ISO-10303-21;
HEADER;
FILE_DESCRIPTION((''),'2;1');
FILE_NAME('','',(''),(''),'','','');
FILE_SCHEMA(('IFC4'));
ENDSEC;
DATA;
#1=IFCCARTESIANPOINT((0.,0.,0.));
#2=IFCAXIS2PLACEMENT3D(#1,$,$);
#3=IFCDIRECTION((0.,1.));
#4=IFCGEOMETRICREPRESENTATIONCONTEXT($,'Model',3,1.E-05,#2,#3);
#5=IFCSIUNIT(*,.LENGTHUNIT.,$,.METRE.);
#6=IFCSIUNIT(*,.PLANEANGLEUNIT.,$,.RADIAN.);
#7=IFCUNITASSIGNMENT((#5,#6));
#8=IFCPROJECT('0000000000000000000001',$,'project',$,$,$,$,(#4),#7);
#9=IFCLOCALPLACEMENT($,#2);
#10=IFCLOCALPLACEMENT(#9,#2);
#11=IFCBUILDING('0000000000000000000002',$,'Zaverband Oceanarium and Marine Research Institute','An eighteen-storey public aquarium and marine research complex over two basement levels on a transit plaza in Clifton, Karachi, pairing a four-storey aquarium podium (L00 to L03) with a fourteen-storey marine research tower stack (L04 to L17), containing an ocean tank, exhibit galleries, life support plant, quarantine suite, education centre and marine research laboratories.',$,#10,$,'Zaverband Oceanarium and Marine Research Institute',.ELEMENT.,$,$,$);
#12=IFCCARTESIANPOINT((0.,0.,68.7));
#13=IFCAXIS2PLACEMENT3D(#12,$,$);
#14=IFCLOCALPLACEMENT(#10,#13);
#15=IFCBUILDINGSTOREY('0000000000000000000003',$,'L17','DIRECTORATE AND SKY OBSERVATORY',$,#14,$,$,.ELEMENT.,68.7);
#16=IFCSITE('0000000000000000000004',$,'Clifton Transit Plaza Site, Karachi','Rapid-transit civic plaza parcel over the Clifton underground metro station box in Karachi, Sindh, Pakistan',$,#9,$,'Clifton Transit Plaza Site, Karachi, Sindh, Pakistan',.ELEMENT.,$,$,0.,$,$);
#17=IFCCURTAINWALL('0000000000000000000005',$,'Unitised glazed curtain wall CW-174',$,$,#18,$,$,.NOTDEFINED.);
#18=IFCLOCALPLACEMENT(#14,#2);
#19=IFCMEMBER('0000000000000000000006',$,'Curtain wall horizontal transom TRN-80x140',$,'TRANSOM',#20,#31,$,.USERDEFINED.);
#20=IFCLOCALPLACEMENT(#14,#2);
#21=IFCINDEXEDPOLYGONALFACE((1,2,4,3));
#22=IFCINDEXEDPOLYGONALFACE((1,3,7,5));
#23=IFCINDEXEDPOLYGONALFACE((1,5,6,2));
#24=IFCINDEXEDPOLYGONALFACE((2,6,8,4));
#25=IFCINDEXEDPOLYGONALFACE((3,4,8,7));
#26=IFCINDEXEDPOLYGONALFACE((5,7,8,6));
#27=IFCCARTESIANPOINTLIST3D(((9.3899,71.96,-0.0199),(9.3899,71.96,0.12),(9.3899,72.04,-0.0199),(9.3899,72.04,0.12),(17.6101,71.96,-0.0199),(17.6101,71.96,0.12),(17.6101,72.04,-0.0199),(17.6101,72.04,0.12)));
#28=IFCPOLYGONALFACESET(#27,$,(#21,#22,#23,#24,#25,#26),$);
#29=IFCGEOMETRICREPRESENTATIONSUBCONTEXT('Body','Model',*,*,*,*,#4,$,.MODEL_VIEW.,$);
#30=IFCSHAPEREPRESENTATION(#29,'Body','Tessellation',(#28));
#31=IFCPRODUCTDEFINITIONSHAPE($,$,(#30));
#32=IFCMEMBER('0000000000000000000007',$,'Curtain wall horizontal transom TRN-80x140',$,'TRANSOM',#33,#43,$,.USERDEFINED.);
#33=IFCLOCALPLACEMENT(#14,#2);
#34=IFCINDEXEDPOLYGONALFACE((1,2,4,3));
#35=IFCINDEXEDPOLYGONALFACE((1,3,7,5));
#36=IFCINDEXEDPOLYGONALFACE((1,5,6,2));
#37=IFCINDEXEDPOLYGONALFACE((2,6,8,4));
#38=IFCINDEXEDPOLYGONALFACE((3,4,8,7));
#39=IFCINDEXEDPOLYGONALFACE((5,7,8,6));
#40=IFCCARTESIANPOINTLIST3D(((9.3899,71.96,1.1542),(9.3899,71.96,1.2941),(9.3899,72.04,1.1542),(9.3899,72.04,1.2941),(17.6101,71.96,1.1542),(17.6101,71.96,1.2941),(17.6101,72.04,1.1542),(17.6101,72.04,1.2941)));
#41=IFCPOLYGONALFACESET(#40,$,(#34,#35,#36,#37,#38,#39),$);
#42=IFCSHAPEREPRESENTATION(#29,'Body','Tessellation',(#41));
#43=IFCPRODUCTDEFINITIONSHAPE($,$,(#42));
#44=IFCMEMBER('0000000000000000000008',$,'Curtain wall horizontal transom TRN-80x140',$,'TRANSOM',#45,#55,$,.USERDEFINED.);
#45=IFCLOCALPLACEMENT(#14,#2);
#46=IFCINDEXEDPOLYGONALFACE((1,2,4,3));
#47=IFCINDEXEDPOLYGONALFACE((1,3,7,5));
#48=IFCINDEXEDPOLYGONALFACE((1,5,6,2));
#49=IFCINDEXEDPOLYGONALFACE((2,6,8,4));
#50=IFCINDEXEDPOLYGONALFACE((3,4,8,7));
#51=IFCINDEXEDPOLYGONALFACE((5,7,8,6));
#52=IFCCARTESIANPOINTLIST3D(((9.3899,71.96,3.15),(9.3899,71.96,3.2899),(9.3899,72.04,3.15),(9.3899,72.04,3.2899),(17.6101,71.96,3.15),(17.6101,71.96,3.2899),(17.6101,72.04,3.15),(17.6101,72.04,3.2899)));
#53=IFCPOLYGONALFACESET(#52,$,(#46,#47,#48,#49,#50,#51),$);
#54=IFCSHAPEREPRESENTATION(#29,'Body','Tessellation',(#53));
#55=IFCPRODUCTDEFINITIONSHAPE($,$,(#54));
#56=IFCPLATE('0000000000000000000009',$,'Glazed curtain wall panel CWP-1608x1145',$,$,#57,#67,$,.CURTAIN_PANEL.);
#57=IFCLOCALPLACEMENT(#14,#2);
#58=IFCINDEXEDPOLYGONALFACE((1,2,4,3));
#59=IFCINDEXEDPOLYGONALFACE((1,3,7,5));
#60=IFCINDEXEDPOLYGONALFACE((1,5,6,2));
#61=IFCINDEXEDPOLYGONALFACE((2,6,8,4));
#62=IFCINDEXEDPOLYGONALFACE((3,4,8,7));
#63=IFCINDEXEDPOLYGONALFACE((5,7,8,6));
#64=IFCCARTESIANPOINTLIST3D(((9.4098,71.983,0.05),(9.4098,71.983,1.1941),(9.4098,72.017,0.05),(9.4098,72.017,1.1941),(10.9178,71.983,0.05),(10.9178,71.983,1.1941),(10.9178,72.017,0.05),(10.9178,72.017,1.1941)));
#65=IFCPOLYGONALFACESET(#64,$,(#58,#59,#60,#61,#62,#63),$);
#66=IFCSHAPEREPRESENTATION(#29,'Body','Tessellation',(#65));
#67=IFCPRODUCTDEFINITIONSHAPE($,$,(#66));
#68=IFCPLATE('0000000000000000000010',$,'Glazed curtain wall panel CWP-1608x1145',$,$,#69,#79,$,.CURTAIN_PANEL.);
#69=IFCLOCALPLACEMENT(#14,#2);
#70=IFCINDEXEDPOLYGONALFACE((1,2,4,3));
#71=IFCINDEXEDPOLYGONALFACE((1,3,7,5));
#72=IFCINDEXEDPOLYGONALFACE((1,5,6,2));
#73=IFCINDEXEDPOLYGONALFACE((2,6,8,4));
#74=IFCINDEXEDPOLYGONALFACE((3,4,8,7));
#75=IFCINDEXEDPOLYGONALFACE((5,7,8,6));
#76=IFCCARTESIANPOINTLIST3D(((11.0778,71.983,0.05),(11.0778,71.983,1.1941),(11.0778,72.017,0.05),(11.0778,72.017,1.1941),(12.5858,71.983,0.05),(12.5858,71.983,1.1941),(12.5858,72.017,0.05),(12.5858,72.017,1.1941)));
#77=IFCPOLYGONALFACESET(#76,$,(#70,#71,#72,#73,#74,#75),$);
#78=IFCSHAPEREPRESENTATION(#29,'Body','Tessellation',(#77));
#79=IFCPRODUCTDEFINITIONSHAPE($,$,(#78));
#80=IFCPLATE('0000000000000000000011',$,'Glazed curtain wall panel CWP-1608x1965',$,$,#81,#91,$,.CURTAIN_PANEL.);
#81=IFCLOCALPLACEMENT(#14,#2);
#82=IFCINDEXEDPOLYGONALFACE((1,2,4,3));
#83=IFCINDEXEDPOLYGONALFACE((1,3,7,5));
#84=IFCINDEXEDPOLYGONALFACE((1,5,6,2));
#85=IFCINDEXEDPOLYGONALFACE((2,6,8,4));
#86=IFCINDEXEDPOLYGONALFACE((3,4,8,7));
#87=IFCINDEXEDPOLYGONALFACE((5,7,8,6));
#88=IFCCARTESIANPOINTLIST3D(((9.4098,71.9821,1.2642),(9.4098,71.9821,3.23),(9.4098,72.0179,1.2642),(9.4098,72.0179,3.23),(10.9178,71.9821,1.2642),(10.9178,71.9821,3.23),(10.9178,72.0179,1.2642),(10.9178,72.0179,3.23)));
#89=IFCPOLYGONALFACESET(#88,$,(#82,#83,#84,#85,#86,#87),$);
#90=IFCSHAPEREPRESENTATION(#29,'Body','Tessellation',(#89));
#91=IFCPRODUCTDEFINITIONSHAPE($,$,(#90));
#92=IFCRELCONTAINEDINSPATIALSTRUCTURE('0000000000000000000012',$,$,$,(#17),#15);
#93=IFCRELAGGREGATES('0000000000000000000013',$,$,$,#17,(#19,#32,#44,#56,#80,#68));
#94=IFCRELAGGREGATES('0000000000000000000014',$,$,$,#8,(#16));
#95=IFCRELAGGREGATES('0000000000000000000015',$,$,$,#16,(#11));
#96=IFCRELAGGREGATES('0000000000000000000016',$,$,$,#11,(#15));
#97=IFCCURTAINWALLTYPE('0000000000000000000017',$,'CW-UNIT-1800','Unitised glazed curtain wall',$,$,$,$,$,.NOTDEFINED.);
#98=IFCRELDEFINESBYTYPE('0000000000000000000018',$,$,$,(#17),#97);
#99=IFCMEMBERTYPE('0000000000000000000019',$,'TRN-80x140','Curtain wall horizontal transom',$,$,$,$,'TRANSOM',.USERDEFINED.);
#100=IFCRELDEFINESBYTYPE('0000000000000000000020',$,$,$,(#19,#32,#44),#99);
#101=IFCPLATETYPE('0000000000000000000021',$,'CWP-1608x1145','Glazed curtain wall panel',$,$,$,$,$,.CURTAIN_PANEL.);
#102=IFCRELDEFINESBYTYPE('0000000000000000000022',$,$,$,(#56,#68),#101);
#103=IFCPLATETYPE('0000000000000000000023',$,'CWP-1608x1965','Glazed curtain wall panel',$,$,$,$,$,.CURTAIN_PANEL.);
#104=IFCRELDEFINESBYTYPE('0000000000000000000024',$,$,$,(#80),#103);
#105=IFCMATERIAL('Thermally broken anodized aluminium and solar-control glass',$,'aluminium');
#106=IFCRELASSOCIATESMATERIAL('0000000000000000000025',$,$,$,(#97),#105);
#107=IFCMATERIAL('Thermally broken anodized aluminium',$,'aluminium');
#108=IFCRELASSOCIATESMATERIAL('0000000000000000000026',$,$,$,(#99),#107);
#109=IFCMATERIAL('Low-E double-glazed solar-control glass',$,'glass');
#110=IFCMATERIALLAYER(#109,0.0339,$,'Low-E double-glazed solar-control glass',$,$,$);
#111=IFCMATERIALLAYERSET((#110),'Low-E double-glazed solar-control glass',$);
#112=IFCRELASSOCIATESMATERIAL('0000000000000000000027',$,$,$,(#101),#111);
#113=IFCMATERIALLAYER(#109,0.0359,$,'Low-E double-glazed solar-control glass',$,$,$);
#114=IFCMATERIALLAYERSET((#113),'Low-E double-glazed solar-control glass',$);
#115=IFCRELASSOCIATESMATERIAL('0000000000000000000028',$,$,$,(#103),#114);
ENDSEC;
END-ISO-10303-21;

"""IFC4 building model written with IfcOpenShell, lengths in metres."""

from ifc_helpers import new_model, si_unit, direction, frame, frame_2d, origin, origin_2d, place, context, subcontext, project, spatial, rectangle, extrude, material, layer, layer_set, material_profile, profile_set, type_object, element, aggregate, save


model = new_model("IFC4")

# Units and contexts
model_context = context("Model", 3, precision=1e-05, world=origin(), true_north=direction((0.0, 1.0)))
body_context = subcontext(model_context, "Body", "Model", "MODEL_VIEW")
ifc_project = project(units=[si_unit("LENGTHUNIT", "METRE"), si_unit("PLANEANGLEUNIT", "RADIAN")], contexts=[model_context])

# Site, building, storey
site_placement = place(None, origin())
site = spatial("IfcSite", under=ifc_project, at=site_placement, Name="Clifton Transit Plaza Site, Karachi", Description="Rapid-transit civic plaza parcel over the Clifton underground metro station box in Karachi, Sindh, Pakistan", LongName="Clifton Transit Plaza Site, Karachi, Sindh, Pakistan", CompositionType="ELEMENT", RefElevation=0.0)
building_placement = place(site_placement, origin())
building = spatial("IfcBuilding", under=site, at=building_placement, Name="Zaverband Oceanarium and Marine Research Institute", Description="An eighteen-storey public aquarium and marine research complex over two basement levels on a transit plaza in Clifton, Karachi, pairing a four-storey aquarium podium (L00 to L03) with a fourteen-storey marine research tower stack (L04 to L17), containing an ocean tank, exhibit galleries, life support plant, quarantine suite, education centre and marine research laboratories.", LongName="Zaverband Oceanarium and Marine Research Institute", CompositionType="ELEMENT")
storey_placement = place(building_placement, frame((0.0, 0.0, 68.7)))
storey = spatial("IfcBuildingStorey", under=building, at=storey_placement, Name="L17", Description="DIRECTORATE AND SKY OBSERVATORY", CompositionType="ELEMENT", Elevation=68.7)

# Curtain wall
ifc_material_1 = material(Name="Thermally broken anodized aluminium and solar-control glass", Category="aluminium")
curtain_wall_type = type_object("IfcCurtainWallType", Name="CW-UNIT-1800", Description="Unitised glazed curtain wall", PredefinedType="NOTDEFINED", material=ifc_material_1)
curtain_wall_placement = place(storey_placement, origin())
curtain_wall = element("IfcCurtainWall", 1, at=curtain_wall_placement, inside=storey, type_object=curtain_wall_type, Name="Unitised glazed curtain wall CW-174", PredefinedType="NOTDEFINED")
ifc_material_2 = material(Name="Thermally broken anodized aluminium", Category="aluminium")

# Members
ifc_material_profile_1 = material_profile(ifc_material_2, rectangle(XDim=0.0801, YDim=0.1399, at=origin_2d()), Name="AL-TRN-80x140")
ifc_profile_set_1 = profile_set([ifc_material_profile_1], Name="Thermally broken anodized aluminium")
member_type_1 = type_object("IfcMemberType", Name="TRN-80x140", Description="Curtain wall horizontal transom", ElementType="TRANSOM", PredefinedType="USERDEFINED", material=ifc_profile_set_1)
member_1_placement = place(storey_placement, frame((9.3899, 72.0, 0.05), z_axis=(1.0, 0.0, 0.0), x_axis=(0.0, 1.0, 0.0)))
member_1 = element("IfcMember", 2, at=member_1_placement, type_object=member_type_1, Name="Curtain wall horizontal transom TRN-80x140", ObjectType="TRANSOM", PredefinedType="USERDEFINED", context=body_context, shape_type="SweptSolid", body=[
    extrude(rectangle(XDim=0.0801, YDim=0.1399, at=origin_2d()), origin(), (0.0, 0.0, 1.0), 8.2202),
])
member_2_placement = place(storey_placement, frame((9.3899, 72.0, 1.2241), z_axis=(1.0, 0.0, 0.0), x_axis=(0.0, 1.0, 0.0)))
member_2 = element("IfcMember", 3, at=member_2_placement, type_object=member_type_1, Name="Curtain wall horizontal transom TRN-80x140", ObjectType="TRANSOM", PredefinedType="USERDEFINED", context=body_context, shape_type="SweptSolid", body=[
    extrude(rectangle(XDim=0.0801, YDim=0.1399, at=origin_2d()), origin(), (0.0, 0.0, 1.0), 8.2202),
])
member_3_placement = place(storey_placement, frame((9.3899, 72.0, 3.22), z_axis=(1.0, 0.0, 0.0), x_axis=(0.0, 1.0, 0.0)))
member_3 = element("IfcMember", 4, at=member_3_placement, type_object=member_type_1, Name="Curtain wall horizontal transom TRN-80x140", ObjectType="TRANSOM", PredefinedType="USERDEFINED", context=body_context, shape_type="SweptSolid", body=[
    extrude(rectangle(XDim=0.0801, YDim=0.1399, at=origin_2d()), origin(), (0.0, 0.0, 1.0), 8.2202),
])

# Plates
ifc_material_3 = material(Name="Low-E double-glazed solar-control glass", Category="glass")
ifc_layer_1 = layer(ifc_material_3, 0.0339, Name="Low-E double-glazed solar-control glass")
ifc_layer_set_1 = layer_set([ifc_layer_1], Name="Low-E double-glazed solar-control glass")
plate_type_1 = type_object("IfcPlateType", Name="CWP-1608x1145", Description="Glazed curtain wall panel", PredefinedType="CURTAIN_PANEL", material=ifc_layer_set_1)
plate_1_placement = place(storey_placement, frame((9.4099, 72.0, 0.05), z_axis=(0.0, 0.0, 1.0), x_axis=(1.0, 0.0, 0.0)))
plate_1 = element("IfcPlate", 5, at=plate_1_placement, type_object=plate_type_1, Name="Glazed curtain wall panel CWP-1608x1145", PredefinedType="CURTAIN_PANEL", context=body_context, shape_type="SweptSolid", body=[
    extrude(rectangle(XDim=1.5081, YDim=0.0339, at=frame_2d((0.7539, 0.0))), origin(), (0.0, 0.0, 1.0), 1.144),
])
plate_2_placement = place(storey_placement, frame((11.0779, 72.0, 0.05), z_axis=(0.0, 0.0, 1.0), x_axis=(1.0, 0.0, 0.0)))
plate_2 = element("IfcPlate", 6, at=plate_2_placement, type_object=plate_type_1, Name="Glazed curtain wall panel CWP-1608x1145", PredefinedType="CURTAIN_PANEL", context=body_context, shape_type="SweptSolid", body=[
    extrude(rectangle(XDim=1.5081, YDim=0.0339, at=frame_2d((0.7539, 0.0))), origin(), (0.0, 0.0, 1.0), 1.144),
])
ifc_layer_2 = layer(ifc_material_3, 0.0359, Name="Low-E double-glazed solar-control glass")
ifc_layer_set_2 = layer_set([ifc_layer_2], Name="Low-E double-glazed solar-control glass")
plate_type_2 = type_object("IfcPlateType", Name="CWP-1608x1965", Description="Glazed curtain wall panel", PredefinedType="CURTAIN_PANEL", material=ifc_layer_set_2)
plate_3_placement = place(storey_placement, frame((9.4099, 72.0, 1.2642), z_axis=(0.0, 0.0, 1.0), x_axis=(1.0, 0.0, 0.0)))
plate_3 = element("IfcPlate", 7, at=plate_3_placement, type_object=plate_type_2, Name="Glazed curtain wall panel CWP-1608x1965", PredefinedType="CURTAIN_PANEL", context=body_context, shape_type="SweptSolid", body=[
    extrude(rectangle(XDim=1.5081, YDim=0.0359, at=frame_2d((0.7539, 0.0))), origin(), (0.0, 0.0, 1.0), 1.9658),
])
aggregate(curtain_wall, [member_1, member_2, member_3, plate_1, plate_3, plate_2])

save(model, "model.ifc")
